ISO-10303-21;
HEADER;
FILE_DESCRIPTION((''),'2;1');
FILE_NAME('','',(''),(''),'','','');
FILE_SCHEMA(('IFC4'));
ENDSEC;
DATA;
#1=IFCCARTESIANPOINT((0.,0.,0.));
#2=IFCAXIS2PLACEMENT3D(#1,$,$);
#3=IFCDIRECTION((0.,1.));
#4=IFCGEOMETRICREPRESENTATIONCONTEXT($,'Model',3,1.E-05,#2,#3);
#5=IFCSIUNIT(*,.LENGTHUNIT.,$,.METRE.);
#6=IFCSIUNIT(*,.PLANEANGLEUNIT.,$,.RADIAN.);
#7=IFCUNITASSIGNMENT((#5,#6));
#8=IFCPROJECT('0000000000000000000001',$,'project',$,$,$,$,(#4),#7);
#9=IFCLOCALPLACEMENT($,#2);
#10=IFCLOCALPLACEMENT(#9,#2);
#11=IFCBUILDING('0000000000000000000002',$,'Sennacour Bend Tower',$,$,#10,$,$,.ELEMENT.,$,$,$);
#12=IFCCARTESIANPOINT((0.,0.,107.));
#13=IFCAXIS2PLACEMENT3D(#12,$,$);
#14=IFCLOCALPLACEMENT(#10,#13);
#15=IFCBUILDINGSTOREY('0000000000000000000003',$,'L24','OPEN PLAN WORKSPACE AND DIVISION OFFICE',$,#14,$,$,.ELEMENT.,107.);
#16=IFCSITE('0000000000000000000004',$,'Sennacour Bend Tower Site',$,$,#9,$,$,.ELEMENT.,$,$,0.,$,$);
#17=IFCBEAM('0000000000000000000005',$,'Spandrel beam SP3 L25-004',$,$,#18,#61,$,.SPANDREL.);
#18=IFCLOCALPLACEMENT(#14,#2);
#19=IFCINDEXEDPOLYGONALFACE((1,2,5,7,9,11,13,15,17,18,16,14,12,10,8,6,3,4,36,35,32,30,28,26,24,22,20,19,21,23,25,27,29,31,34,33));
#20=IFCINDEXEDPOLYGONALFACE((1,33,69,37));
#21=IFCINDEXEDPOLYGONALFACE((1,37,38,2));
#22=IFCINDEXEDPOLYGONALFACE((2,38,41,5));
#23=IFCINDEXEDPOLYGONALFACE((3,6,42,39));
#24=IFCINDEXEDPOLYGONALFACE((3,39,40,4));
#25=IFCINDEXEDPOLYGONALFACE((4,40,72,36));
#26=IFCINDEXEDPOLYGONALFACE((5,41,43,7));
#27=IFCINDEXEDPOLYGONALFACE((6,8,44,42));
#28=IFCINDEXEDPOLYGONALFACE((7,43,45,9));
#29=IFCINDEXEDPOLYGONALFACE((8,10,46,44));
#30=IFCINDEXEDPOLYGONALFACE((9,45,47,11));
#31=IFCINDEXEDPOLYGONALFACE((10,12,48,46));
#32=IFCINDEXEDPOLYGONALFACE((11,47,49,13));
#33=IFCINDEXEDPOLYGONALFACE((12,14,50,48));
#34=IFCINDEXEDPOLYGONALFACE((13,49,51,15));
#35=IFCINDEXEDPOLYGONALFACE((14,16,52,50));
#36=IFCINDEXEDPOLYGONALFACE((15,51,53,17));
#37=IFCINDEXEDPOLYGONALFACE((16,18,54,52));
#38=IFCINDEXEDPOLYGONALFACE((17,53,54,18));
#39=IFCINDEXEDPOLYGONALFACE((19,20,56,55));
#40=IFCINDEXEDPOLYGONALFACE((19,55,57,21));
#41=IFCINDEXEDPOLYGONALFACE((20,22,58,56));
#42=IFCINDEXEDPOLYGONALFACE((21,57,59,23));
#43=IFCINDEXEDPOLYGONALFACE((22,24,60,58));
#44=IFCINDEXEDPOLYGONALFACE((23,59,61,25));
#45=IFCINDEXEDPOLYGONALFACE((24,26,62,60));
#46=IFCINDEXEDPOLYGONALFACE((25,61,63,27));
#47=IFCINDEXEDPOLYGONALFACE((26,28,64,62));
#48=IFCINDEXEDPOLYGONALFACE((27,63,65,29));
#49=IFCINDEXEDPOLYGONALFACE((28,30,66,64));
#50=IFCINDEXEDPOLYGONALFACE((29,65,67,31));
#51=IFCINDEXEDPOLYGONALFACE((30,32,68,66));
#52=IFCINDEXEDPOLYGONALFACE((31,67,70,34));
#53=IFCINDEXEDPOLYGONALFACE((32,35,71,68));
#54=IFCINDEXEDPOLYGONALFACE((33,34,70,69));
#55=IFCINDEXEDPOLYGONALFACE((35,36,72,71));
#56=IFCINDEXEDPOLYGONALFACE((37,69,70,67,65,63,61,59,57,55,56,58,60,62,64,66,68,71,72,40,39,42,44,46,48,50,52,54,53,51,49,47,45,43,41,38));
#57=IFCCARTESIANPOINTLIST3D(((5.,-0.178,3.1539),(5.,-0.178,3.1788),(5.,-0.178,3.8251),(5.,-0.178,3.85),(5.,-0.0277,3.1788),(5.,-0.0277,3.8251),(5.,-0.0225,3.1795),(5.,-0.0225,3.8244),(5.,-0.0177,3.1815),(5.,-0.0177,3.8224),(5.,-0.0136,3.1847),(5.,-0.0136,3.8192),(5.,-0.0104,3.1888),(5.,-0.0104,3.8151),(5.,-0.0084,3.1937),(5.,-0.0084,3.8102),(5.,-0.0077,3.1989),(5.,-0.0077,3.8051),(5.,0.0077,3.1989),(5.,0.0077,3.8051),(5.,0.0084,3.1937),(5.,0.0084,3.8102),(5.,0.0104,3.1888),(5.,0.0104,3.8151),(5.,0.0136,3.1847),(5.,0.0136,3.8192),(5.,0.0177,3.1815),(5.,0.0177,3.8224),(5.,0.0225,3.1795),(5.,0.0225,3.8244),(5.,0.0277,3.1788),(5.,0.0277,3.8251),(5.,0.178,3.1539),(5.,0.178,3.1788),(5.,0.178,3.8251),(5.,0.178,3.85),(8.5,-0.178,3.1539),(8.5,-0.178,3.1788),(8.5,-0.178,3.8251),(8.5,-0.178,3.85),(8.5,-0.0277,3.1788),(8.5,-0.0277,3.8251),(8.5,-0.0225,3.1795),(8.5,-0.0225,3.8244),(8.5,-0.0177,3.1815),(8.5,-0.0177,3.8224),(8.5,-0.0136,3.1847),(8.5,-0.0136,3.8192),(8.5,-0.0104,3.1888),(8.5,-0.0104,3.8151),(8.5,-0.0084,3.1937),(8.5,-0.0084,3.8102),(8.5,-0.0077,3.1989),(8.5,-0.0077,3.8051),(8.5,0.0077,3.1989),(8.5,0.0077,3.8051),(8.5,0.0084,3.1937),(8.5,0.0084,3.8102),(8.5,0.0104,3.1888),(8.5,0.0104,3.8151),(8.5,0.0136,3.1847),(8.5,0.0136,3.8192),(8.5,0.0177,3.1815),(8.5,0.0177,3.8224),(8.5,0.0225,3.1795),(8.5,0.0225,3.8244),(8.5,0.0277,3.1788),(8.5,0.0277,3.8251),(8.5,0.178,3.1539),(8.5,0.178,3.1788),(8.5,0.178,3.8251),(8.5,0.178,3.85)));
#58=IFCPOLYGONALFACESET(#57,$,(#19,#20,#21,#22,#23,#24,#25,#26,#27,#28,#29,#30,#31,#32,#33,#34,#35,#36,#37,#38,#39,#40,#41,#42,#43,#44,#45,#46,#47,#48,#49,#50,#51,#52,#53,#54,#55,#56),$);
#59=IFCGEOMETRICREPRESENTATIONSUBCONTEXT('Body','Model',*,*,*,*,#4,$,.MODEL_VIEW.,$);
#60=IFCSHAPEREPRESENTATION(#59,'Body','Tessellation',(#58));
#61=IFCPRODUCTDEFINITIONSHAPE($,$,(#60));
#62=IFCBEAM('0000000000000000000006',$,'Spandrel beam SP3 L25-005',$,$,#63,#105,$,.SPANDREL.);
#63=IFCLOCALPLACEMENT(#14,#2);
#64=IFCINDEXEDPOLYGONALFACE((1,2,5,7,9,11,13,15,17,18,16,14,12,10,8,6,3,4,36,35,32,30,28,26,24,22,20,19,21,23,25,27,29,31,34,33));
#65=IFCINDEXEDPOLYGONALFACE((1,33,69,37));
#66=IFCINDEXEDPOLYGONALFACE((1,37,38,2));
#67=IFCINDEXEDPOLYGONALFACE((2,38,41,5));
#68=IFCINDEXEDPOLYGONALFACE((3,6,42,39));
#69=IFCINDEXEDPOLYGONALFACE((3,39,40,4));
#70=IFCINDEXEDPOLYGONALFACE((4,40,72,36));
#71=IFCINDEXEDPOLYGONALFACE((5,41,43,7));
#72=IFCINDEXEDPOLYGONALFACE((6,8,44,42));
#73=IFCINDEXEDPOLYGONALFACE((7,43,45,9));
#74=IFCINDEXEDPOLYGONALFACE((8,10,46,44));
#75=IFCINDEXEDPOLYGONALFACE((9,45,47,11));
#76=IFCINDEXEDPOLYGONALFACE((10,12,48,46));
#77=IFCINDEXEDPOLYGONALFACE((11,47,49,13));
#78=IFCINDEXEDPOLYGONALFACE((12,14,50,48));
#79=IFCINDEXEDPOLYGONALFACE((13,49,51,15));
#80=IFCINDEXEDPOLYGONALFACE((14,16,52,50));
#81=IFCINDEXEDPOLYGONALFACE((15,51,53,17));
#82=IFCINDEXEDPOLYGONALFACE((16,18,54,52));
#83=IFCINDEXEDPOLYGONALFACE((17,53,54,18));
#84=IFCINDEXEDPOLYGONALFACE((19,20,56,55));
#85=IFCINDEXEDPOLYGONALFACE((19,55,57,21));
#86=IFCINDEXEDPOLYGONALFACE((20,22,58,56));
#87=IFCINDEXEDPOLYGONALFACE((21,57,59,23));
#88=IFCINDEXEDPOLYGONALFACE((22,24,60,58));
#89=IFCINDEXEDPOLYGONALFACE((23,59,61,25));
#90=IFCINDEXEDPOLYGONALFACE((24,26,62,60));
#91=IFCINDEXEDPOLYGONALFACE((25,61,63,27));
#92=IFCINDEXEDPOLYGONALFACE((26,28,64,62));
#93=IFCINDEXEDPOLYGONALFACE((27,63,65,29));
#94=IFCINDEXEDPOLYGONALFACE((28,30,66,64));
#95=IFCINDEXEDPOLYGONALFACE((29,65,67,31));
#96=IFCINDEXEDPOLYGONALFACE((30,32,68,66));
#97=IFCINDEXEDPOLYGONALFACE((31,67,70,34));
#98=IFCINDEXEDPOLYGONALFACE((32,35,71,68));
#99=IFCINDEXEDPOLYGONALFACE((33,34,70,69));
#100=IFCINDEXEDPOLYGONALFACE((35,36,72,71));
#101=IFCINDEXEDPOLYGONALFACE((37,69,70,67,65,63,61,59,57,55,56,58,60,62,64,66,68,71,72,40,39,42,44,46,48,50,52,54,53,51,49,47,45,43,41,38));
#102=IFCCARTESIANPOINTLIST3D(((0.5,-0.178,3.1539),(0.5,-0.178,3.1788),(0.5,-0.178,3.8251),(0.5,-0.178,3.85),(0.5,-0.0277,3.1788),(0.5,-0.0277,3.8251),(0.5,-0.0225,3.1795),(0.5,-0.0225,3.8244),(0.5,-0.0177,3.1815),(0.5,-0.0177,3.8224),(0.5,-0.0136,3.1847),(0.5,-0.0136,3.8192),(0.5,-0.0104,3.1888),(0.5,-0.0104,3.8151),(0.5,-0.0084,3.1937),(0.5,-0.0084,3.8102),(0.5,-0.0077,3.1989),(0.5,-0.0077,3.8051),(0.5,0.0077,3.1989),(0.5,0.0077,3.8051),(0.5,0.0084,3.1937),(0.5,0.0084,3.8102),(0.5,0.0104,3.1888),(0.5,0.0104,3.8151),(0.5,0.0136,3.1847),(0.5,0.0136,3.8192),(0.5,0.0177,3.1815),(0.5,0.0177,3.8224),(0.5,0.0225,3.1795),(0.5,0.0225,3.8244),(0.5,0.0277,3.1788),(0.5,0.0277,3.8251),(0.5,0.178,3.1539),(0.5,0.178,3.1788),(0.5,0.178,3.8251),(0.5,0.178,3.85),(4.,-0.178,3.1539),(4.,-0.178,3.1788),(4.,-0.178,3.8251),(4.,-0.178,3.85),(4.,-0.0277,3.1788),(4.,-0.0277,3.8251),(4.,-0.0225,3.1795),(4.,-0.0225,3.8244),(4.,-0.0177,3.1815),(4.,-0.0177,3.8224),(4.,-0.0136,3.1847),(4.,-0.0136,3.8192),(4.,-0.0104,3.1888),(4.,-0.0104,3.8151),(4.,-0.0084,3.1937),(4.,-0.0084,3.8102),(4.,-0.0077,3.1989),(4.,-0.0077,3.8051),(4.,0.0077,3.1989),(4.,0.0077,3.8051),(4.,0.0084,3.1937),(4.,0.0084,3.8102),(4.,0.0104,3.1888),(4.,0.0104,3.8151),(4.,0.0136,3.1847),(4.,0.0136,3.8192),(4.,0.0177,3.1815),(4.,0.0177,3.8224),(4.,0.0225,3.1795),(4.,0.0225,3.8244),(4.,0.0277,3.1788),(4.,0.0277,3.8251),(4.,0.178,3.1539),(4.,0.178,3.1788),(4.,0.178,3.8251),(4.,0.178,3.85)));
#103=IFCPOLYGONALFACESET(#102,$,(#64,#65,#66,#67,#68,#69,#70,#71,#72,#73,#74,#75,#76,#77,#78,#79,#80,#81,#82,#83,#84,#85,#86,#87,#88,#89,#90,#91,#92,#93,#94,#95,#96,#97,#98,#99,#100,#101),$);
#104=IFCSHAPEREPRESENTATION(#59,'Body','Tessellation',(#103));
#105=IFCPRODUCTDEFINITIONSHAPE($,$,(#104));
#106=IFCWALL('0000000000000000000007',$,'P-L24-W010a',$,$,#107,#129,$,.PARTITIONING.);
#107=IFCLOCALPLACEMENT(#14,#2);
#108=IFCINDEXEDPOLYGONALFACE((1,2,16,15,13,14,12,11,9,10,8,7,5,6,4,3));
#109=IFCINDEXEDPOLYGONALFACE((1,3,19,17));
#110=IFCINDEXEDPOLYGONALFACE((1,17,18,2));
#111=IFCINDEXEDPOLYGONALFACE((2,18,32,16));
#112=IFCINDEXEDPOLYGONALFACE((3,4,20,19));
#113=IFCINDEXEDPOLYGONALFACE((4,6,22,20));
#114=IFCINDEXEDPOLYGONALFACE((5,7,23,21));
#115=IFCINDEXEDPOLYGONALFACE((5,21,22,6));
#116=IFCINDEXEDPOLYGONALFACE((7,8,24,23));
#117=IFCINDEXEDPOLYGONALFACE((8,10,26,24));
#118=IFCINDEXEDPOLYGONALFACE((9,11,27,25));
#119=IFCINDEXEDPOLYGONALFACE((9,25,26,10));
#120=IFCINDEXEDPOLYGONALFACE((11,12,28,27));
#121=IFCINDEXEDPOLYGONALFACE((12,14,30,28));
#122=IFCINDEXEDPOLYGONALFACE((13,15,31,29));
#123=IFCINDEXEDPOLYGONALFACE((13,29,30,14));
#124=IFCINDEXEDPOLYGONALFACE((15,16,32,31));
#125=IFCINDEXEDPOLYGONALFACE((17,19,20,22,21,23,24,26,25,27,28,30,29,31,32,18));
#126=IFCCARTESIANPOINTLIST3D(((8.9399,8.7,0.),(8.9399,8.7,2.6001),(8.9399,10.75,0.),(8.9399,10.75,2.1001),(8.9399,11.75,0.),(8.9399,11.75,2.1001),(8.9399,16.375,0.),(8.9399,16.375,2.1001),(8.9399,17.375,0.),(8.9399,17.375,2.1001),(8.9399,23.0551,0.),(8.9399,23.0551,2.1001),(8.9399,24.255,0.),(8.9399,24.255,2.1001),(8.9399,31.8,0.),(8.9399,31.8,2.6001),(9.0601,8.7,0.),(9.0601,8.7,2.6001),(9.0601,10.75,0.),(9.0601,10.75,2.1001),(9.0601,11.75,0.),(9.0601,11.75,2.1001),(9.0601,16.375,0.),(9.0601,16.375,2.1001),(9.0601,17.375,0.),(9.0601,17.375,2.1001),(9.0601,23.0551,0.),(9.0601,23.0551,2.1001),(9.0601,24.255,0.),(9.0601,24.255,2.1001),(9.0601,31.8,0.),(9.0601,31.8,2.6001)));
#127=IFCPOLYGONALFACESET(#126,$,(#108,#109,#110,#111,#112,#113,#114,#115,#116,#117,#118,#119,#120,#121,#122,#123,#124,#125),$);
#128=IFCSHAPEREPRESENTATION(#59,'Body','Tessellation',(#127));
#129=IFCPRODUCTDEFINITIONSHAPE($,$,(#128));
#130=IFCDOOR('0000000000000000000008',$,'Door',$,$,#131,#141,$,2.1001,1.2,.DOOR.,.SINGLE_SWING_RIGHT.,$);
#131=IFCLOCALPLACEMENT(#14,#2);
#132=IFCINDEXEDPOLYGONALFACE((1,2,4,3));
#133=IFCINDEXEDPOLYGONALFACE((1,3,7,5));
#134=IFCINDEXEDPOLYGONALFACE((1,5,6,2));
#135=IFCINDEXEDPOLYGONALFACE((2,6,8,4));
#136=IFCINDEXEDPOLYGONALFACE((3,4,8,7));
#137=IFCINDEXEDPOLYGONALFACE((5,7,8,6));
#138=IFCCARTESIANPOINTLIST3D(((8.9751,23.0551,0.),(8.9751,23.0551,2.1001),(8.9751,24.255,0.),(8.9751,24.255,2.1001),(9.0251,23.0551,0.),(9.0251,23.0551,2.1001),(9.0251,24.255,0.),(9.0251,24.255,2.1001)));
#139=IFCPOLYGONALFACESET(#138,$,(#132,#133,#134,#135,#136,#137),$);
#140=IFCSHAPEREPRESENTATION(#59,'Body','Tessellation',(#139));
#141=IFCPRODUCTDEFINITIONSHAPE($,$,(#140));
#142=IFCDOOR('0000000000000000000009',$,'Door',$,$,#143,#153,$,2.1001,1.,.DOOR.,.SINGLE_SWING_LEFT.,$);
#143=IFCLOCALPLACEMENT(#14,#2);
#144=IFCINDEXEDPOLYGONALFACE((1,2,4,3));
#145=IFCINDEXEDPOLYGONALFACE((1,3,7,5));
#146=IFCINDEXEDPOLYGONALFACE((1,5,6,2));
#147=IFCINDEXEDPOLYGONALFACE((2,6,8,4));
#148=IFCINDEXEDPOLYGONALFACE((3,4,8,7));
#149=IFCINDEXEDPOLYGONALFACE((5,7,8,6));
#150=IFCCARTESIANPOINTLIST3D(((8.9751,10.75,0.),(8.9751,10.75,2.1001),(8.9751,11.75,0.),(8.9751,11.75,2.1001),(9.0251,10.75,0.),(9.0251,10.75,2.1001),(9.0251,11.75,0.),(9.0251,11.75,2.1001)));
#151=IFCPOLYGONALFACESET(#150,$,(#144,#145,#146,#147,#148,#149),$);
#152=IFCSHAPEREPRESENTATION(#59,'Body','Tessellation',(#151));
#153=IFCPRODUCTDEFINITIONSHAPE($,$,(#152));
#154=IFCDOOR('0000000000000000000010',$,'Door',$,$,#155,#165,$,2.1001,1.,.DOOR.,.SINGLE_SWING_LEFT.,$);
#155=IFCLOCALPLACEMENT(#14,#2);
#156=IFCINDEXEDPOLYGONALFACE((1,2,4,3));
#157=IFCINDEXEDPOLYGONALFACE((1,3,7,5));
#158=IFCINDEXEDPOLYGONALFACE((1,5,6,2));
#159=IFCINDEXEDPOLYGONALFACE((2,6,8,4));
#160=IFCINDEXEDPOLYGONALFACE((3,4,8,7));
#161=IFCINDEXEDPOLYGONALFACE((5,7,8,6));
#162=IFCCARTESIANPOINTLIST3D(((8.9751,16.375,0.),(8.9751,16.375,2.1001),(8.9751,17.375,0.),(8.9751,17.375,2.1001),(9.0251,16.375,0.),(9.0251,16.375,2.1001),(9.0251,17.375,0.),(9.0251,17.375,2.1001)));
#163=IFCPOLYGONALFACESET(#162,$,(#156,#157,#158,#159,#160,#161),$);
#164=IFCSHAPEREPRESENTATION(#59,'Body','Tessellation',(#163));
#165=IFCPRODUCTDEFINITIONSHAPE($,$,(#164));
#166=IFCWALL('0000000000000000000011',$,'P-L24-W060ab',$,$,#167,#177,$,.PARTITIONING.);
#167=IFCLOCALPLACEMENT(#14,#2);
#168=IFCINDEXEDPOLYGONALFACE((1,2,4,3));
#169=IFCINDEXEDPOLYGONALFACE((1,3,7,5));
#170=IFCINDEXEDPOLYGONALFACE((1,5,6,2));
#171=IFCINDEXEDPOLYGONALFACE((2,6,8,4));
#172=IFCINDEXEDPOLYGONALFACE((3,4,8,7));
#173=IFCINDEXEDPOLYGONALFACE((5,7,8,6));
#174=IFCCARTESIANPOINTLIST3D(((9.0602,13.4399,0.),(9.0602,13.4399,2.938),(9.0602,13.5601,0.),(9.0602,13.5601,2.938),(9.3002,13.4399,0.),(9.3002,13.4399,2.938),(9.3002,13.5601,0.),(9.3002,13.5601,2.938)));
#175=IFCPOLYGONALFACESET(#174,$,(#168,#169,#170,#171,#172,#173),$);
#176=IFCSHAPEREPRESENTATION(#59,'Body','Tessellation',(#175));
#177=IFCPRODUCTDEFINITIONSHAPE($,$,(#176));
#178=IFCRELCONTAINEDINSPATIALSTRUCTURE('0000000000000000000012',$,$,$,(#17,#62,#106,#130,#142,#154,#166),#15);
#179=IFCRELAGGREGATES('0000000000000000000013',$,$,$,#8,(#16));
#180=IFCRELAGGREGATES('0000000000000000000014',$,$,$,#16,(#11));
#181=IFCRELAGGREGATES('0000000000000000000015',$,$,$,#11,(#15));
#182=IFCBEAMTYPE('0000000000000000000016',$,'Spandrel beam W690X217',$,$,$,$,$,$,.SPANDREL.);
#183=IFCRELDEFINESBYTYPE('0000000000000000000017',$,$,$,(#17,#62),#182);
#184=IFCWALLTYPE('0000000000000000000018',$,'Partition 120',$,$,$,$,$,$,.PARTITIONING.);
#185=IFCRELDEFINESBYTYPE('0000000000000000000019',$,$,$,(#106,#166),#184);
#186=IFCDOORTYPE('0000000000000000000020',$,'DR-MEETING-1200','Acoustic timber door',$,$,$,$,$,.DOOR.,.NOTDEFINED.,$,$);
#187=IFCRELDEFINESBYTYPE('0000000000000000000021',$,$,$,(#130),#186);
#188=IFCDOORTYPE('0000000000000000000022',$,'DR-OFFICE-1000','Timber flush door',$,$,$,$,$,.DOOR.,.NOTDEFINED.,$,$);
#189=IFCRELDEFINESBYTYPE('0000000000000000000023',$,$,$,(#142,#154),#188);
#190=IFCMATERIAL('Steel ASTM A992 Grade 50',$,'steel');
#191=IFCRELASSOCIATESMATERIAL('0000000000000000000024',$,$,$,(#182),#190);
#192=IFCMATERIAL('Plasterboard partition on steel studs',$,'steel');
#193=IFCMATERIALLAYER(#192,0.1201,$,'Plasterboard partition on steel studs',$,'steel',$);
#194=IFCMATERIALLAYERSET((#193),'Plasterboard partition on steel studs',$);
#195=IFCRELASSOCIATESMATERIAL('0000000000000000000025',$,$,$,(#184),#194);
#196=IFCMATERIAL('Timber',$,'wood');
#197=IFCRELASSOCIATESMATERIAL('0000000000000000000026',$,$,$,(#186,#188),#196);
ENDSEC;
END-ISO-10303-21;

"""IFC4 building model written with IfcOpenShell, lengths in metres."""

from ifc_helpers import new_model, si_unit, direction, frame, frame_2d, origin, origin_2d, place, context, subcontext, project, spatial, rectangle, i_section, extrude, material, layer, layer_set, material_profile, profile_set, type_object, element, fill, save


model = new_model("IFC4")

# Units and contexts
model_context = context("Model", 3, precision=1e-05, world=origin(), true_north=direction((0.0, 1.0)))
body_context = subcontext(model_context, "Body", "Model", "MODEL_VIEW")
ifc_project = project(units=[si_unit("LENGTHUNIT", "METRE"), si_unit("PLANEANGLEUNIT", "RADIAN")], contexts=[model_context])

# Site, building, storey
site_placement = place(None, origin())
site = spatial("IfcSite", under=ifc_project, at=site_placement, Name="Sennacour Bend Tower Site", CompositionType="ELEMENT", RefElevation=0.0)
building_placement = place(site_placement, origin())
building = spatial("IfcBuilding", under=site, at=building_placement, Name="Sennacour Bend Tower", CompositionType="ELEMENT")
storey_placement = place(building_placement, frame((0.0, 0.0, 107.0)))
storey = spatial("IfcBuildingStorey", under=building, at=storey_placement, Name="L24", Description="OPEN PLAN WORKSPACE AND DIVISION OFFICE", CompositionType="ELEMENT", Elevation=107.0)

# Beams
ifc_material_1 = material(Name="Steel ASTM A992 Grade 50", Category="steel")
ifc_material_profile_1 = material_profile(ifc_material_1, i_section(OverallWidth=0.356, OverallDepth=0.696, WebThickness=0.0154, FlangeThickness=0.0249, FilletRadius=0.02, at=origin_2d()), Name="Steel ASTM A992 Grade 50", Category="steel")
ifc_profile_set_1 = profile_set([ifc_material_profile_1], Name="Steel ASTM A992 Grade 50")
beam_type_1 = type_object("IfcBeamType", Name="Spandrel beam W690X217", PredefinedType="SPANDREL", material=ifc_profile_set_1)
for number, where, z_axis, x_axis, name in (
    (1, (8.5, 0.0, 3.502), (-1.0, 0.0, 0.0), (0.0, -1.0, 0.0), "Spandrel beam SP3 L25-004"),
    (2, (4.0, 0.0, 3.502), (-1.0, 0.0, 0.0), (0.0, -1.0, 0.0), "Spandrel beam SP3 L25-005"),
):
    element("IfcBeam", number, at=place(storey_placement, frame(where, z_axis=z_axis, x_axis=x_axis)), inside=storey, type_object=beam_type_1, Name=name, PredefinedType="SPANDREL", context=body_context, shape_type="SweptSolid", body=[
        extrude(i_section(OverallWidth=0.356, OverallDepth=0.696, WebThickness=0.0154, FlangeThickness=0.0249, FilletRadius=0.02, at=origin_2d()), origin(), (0.0, 0.0, 1.0), 3.5),
    ])

# Wall, openings, doors
ifc_material_2 = material(Name="Plasterboard partition on steel studs", Category="steel")
ifc_layer_1 = layer(ifc_material_2, 0.1201, Name="Plasterboard partition on steel studs", Category="steel")
ifc_layer_set_1 = layer_set([ifc_layer_1], Name="Plasterboard partition on steel studs")
wall_type_1 = type_object("IfcWallType", Name="Partition 120", PredefinedType="PARTITIONING", material=ifc_layer_set_1)
wall_1_placement = place(storey_placement, frame((9.0, 8.7, 0.0), z_axis=(0.0, 0.0, 1.0), x_axis=(0.0, 1.0, 0.0)))
wall_1 = element("IfcWall", 3, at=wall_1_placement, inside=storey, type_object=wall_type_1, Name="P-L24-W010a", PredefinedType="PARTITIONING", context=body_context, shape_type="SweptSolid", body=[
    extrude(rectangle(XDim=23.1001, YDim=0.1201, at=frame_2d((11.55, 0.0))), origin(), (0.0, 0.0, 1.0), 2.6001),
])
opening_1_placement = place(wall_1_placement, frame((2.05, 0.0, 0.0)))
opening_1 = element("IfcOpeningElement", 4, at=opening_1_placement, cuts=wall_1, PredefinedType="OPENING", context=body_context, shape_type="SweptSolid", body=[
    extrude(rectangle(XDim=1.0, YDim=2.1001, at=frame_2d((0.5, 1.05))), frame((0.0, 0.0701, 0.0), z_axis=(0.0, -1.0, 0.0), x_axis=(1.0, 0.0, 0.0)), (0.0, 0.0, 1.0), 0.1401),
])
opening_2_placement = place(wall_1_placement, frame((7.675, 0.0, 0.0)))
opening_2 = element("IfcOpeningElement", 5, at=opening_2_placement, cuts=wall_1, PredefinedType="OPENING", context=body_context, shape_type="SweptSolid", body=[
    extrude(rectangle(XDim=1.0, YDim=2.1001, at=frame_2d((0.5, 1.05))), frame((0.0, 0.0701, 0.0), z_axis=(0.0, -1.0, 0.0), x_axis=(1.0, 0.0, 0.0)), (0.0, 0.0, 1.0), 0.1401),
])
opening_3_placement = place(wall_1_placement, frame((14.355, 0.0, 0.0)))
opening_3 = element("IfcOpeningElement", 6, at=opening_3_placement, cuts=wall_1, PredefinedType="OPENING", context=body_context, shape_type="SweptSolid", body=[
    extrude(rectangle(XDim=1.2, YDim=2.1001, at=frame_2d((0.6001, 1.05))), frame((0.0, 0.0701, 0.0), z_axis=(0.0, -1.0, 0.0), x_axis=(1.0, 0.0, 0.0)), (0.0, 0.0, 1.0), 0.1401),
])
ifc_material_3 = material(Name="Timber", Category="wood")
door_type_1 = type_object("IfcDoorType", Name="DR-MEETING-1200", Description="Acoustic timber door", OperationType="NOTDEFINED", PredefinedType="DOOR", material=ifc_material_3)
door_1_placement = place(opening_3_placement, origin())
door_1 = element("IfcDoor", 7, at=door_1_placement, inside=storey, type_object=door_type_1, Name="Door", OperationType="SINGLE_SWING_RIGHT", OverallHeight=2.1001, OverallWidth=1.2, PredefinedType="DOOR", context=body_context, shape_type="SweptSolid", body=[
    extrude(rectangle(XDim=1.2, YDim=2.1001, at=frame_2d((0.6001, 1.05))), frame((0.0, 0.0249, 0.0), z_axis=(0.0, -1.0, 0.0), x_axis=(1.0, 0.0, 0.0)), (0.0, 0.0, 1.0), 0.05),
])
fill(opening_3, door_1)
door_type_2 = type_object("IfcDoorType", Name="DR-OFFICE-1000", Description="Timber flush door", OperationType="NOTDEFINED", PredefinedType="DOOR", material=ifc_material_3)
door_2_placement = place(opening_1_placement, origin())
door_2 = element("IfcDoor", 8, at=door_2_placement, inside=storey, type_object=door_type_2, Name="Door", OperationType="SINGLE_SWING_LEFT", OverallHeight=2.1001, OverallWidth=1.0, PredefinedType="DOOR", context=body_context, shape_type="SweptSolid", body=[
    extrude(rectangle(XDim=1.0, YDim=2.1001, at=frame_2d((0.5, 1.05))), frame((0.0, 0.0249, 0.0), z_axis=(0.0, -1.0, 0.0), x_axis=(1.0, 0.0, 0.0)), (0.0, 0.0, 1.0), 0.05),
])
fill(opening_1, door_2)
door_3_placement = place(opening_2_placement, origin())
door_3 = element("IfcDoor", 9, at=door_3_placement, inside=storey, type_object=door_type_2, Name="Door", OperationType="SINGLE_SWING_LEFT", OverallHeight=2.1001, OverallWidth=1.0, PredefinedType="DOOR", context=body_context, shape_type="SweptSolid", body=[
    extrude(rectangle(XDim=1.0, YDim=2.1001, at=frame_2d((0.5, 1.05))), frame((0.0, 0.0249, 0.0), z_axis=(0.0, -1.0, 0.0), x_axis=(1.0, 0.0, 0.0)), (0.0, 0.0, 1.0), 0.05),
])
fill(opening_2, door_3)

# Wall
wall_2_placement = place(storey_placement, frame((9.0601, 13.5, 0.0), z_axis=(0.0, 0.0, 1.0), x_axis=(1.0, 0.0, 0.0)))
element("IfcWall", 10, at=wall_2_placement, inside=storey, type_object=wall_type_1, Name="P-L24-W060ab", PredefinedType="PARTITIONING", context=body_context, shape_type="SweptSolid", body=[
    extrude(rectangle(XDim=0.24, YDim=0.1201, at=frame_2d((0.1201, 0.0))), origin(), (0.0, 0.0, 1.0), 2.938),
])

save(model, "model.ifc")
